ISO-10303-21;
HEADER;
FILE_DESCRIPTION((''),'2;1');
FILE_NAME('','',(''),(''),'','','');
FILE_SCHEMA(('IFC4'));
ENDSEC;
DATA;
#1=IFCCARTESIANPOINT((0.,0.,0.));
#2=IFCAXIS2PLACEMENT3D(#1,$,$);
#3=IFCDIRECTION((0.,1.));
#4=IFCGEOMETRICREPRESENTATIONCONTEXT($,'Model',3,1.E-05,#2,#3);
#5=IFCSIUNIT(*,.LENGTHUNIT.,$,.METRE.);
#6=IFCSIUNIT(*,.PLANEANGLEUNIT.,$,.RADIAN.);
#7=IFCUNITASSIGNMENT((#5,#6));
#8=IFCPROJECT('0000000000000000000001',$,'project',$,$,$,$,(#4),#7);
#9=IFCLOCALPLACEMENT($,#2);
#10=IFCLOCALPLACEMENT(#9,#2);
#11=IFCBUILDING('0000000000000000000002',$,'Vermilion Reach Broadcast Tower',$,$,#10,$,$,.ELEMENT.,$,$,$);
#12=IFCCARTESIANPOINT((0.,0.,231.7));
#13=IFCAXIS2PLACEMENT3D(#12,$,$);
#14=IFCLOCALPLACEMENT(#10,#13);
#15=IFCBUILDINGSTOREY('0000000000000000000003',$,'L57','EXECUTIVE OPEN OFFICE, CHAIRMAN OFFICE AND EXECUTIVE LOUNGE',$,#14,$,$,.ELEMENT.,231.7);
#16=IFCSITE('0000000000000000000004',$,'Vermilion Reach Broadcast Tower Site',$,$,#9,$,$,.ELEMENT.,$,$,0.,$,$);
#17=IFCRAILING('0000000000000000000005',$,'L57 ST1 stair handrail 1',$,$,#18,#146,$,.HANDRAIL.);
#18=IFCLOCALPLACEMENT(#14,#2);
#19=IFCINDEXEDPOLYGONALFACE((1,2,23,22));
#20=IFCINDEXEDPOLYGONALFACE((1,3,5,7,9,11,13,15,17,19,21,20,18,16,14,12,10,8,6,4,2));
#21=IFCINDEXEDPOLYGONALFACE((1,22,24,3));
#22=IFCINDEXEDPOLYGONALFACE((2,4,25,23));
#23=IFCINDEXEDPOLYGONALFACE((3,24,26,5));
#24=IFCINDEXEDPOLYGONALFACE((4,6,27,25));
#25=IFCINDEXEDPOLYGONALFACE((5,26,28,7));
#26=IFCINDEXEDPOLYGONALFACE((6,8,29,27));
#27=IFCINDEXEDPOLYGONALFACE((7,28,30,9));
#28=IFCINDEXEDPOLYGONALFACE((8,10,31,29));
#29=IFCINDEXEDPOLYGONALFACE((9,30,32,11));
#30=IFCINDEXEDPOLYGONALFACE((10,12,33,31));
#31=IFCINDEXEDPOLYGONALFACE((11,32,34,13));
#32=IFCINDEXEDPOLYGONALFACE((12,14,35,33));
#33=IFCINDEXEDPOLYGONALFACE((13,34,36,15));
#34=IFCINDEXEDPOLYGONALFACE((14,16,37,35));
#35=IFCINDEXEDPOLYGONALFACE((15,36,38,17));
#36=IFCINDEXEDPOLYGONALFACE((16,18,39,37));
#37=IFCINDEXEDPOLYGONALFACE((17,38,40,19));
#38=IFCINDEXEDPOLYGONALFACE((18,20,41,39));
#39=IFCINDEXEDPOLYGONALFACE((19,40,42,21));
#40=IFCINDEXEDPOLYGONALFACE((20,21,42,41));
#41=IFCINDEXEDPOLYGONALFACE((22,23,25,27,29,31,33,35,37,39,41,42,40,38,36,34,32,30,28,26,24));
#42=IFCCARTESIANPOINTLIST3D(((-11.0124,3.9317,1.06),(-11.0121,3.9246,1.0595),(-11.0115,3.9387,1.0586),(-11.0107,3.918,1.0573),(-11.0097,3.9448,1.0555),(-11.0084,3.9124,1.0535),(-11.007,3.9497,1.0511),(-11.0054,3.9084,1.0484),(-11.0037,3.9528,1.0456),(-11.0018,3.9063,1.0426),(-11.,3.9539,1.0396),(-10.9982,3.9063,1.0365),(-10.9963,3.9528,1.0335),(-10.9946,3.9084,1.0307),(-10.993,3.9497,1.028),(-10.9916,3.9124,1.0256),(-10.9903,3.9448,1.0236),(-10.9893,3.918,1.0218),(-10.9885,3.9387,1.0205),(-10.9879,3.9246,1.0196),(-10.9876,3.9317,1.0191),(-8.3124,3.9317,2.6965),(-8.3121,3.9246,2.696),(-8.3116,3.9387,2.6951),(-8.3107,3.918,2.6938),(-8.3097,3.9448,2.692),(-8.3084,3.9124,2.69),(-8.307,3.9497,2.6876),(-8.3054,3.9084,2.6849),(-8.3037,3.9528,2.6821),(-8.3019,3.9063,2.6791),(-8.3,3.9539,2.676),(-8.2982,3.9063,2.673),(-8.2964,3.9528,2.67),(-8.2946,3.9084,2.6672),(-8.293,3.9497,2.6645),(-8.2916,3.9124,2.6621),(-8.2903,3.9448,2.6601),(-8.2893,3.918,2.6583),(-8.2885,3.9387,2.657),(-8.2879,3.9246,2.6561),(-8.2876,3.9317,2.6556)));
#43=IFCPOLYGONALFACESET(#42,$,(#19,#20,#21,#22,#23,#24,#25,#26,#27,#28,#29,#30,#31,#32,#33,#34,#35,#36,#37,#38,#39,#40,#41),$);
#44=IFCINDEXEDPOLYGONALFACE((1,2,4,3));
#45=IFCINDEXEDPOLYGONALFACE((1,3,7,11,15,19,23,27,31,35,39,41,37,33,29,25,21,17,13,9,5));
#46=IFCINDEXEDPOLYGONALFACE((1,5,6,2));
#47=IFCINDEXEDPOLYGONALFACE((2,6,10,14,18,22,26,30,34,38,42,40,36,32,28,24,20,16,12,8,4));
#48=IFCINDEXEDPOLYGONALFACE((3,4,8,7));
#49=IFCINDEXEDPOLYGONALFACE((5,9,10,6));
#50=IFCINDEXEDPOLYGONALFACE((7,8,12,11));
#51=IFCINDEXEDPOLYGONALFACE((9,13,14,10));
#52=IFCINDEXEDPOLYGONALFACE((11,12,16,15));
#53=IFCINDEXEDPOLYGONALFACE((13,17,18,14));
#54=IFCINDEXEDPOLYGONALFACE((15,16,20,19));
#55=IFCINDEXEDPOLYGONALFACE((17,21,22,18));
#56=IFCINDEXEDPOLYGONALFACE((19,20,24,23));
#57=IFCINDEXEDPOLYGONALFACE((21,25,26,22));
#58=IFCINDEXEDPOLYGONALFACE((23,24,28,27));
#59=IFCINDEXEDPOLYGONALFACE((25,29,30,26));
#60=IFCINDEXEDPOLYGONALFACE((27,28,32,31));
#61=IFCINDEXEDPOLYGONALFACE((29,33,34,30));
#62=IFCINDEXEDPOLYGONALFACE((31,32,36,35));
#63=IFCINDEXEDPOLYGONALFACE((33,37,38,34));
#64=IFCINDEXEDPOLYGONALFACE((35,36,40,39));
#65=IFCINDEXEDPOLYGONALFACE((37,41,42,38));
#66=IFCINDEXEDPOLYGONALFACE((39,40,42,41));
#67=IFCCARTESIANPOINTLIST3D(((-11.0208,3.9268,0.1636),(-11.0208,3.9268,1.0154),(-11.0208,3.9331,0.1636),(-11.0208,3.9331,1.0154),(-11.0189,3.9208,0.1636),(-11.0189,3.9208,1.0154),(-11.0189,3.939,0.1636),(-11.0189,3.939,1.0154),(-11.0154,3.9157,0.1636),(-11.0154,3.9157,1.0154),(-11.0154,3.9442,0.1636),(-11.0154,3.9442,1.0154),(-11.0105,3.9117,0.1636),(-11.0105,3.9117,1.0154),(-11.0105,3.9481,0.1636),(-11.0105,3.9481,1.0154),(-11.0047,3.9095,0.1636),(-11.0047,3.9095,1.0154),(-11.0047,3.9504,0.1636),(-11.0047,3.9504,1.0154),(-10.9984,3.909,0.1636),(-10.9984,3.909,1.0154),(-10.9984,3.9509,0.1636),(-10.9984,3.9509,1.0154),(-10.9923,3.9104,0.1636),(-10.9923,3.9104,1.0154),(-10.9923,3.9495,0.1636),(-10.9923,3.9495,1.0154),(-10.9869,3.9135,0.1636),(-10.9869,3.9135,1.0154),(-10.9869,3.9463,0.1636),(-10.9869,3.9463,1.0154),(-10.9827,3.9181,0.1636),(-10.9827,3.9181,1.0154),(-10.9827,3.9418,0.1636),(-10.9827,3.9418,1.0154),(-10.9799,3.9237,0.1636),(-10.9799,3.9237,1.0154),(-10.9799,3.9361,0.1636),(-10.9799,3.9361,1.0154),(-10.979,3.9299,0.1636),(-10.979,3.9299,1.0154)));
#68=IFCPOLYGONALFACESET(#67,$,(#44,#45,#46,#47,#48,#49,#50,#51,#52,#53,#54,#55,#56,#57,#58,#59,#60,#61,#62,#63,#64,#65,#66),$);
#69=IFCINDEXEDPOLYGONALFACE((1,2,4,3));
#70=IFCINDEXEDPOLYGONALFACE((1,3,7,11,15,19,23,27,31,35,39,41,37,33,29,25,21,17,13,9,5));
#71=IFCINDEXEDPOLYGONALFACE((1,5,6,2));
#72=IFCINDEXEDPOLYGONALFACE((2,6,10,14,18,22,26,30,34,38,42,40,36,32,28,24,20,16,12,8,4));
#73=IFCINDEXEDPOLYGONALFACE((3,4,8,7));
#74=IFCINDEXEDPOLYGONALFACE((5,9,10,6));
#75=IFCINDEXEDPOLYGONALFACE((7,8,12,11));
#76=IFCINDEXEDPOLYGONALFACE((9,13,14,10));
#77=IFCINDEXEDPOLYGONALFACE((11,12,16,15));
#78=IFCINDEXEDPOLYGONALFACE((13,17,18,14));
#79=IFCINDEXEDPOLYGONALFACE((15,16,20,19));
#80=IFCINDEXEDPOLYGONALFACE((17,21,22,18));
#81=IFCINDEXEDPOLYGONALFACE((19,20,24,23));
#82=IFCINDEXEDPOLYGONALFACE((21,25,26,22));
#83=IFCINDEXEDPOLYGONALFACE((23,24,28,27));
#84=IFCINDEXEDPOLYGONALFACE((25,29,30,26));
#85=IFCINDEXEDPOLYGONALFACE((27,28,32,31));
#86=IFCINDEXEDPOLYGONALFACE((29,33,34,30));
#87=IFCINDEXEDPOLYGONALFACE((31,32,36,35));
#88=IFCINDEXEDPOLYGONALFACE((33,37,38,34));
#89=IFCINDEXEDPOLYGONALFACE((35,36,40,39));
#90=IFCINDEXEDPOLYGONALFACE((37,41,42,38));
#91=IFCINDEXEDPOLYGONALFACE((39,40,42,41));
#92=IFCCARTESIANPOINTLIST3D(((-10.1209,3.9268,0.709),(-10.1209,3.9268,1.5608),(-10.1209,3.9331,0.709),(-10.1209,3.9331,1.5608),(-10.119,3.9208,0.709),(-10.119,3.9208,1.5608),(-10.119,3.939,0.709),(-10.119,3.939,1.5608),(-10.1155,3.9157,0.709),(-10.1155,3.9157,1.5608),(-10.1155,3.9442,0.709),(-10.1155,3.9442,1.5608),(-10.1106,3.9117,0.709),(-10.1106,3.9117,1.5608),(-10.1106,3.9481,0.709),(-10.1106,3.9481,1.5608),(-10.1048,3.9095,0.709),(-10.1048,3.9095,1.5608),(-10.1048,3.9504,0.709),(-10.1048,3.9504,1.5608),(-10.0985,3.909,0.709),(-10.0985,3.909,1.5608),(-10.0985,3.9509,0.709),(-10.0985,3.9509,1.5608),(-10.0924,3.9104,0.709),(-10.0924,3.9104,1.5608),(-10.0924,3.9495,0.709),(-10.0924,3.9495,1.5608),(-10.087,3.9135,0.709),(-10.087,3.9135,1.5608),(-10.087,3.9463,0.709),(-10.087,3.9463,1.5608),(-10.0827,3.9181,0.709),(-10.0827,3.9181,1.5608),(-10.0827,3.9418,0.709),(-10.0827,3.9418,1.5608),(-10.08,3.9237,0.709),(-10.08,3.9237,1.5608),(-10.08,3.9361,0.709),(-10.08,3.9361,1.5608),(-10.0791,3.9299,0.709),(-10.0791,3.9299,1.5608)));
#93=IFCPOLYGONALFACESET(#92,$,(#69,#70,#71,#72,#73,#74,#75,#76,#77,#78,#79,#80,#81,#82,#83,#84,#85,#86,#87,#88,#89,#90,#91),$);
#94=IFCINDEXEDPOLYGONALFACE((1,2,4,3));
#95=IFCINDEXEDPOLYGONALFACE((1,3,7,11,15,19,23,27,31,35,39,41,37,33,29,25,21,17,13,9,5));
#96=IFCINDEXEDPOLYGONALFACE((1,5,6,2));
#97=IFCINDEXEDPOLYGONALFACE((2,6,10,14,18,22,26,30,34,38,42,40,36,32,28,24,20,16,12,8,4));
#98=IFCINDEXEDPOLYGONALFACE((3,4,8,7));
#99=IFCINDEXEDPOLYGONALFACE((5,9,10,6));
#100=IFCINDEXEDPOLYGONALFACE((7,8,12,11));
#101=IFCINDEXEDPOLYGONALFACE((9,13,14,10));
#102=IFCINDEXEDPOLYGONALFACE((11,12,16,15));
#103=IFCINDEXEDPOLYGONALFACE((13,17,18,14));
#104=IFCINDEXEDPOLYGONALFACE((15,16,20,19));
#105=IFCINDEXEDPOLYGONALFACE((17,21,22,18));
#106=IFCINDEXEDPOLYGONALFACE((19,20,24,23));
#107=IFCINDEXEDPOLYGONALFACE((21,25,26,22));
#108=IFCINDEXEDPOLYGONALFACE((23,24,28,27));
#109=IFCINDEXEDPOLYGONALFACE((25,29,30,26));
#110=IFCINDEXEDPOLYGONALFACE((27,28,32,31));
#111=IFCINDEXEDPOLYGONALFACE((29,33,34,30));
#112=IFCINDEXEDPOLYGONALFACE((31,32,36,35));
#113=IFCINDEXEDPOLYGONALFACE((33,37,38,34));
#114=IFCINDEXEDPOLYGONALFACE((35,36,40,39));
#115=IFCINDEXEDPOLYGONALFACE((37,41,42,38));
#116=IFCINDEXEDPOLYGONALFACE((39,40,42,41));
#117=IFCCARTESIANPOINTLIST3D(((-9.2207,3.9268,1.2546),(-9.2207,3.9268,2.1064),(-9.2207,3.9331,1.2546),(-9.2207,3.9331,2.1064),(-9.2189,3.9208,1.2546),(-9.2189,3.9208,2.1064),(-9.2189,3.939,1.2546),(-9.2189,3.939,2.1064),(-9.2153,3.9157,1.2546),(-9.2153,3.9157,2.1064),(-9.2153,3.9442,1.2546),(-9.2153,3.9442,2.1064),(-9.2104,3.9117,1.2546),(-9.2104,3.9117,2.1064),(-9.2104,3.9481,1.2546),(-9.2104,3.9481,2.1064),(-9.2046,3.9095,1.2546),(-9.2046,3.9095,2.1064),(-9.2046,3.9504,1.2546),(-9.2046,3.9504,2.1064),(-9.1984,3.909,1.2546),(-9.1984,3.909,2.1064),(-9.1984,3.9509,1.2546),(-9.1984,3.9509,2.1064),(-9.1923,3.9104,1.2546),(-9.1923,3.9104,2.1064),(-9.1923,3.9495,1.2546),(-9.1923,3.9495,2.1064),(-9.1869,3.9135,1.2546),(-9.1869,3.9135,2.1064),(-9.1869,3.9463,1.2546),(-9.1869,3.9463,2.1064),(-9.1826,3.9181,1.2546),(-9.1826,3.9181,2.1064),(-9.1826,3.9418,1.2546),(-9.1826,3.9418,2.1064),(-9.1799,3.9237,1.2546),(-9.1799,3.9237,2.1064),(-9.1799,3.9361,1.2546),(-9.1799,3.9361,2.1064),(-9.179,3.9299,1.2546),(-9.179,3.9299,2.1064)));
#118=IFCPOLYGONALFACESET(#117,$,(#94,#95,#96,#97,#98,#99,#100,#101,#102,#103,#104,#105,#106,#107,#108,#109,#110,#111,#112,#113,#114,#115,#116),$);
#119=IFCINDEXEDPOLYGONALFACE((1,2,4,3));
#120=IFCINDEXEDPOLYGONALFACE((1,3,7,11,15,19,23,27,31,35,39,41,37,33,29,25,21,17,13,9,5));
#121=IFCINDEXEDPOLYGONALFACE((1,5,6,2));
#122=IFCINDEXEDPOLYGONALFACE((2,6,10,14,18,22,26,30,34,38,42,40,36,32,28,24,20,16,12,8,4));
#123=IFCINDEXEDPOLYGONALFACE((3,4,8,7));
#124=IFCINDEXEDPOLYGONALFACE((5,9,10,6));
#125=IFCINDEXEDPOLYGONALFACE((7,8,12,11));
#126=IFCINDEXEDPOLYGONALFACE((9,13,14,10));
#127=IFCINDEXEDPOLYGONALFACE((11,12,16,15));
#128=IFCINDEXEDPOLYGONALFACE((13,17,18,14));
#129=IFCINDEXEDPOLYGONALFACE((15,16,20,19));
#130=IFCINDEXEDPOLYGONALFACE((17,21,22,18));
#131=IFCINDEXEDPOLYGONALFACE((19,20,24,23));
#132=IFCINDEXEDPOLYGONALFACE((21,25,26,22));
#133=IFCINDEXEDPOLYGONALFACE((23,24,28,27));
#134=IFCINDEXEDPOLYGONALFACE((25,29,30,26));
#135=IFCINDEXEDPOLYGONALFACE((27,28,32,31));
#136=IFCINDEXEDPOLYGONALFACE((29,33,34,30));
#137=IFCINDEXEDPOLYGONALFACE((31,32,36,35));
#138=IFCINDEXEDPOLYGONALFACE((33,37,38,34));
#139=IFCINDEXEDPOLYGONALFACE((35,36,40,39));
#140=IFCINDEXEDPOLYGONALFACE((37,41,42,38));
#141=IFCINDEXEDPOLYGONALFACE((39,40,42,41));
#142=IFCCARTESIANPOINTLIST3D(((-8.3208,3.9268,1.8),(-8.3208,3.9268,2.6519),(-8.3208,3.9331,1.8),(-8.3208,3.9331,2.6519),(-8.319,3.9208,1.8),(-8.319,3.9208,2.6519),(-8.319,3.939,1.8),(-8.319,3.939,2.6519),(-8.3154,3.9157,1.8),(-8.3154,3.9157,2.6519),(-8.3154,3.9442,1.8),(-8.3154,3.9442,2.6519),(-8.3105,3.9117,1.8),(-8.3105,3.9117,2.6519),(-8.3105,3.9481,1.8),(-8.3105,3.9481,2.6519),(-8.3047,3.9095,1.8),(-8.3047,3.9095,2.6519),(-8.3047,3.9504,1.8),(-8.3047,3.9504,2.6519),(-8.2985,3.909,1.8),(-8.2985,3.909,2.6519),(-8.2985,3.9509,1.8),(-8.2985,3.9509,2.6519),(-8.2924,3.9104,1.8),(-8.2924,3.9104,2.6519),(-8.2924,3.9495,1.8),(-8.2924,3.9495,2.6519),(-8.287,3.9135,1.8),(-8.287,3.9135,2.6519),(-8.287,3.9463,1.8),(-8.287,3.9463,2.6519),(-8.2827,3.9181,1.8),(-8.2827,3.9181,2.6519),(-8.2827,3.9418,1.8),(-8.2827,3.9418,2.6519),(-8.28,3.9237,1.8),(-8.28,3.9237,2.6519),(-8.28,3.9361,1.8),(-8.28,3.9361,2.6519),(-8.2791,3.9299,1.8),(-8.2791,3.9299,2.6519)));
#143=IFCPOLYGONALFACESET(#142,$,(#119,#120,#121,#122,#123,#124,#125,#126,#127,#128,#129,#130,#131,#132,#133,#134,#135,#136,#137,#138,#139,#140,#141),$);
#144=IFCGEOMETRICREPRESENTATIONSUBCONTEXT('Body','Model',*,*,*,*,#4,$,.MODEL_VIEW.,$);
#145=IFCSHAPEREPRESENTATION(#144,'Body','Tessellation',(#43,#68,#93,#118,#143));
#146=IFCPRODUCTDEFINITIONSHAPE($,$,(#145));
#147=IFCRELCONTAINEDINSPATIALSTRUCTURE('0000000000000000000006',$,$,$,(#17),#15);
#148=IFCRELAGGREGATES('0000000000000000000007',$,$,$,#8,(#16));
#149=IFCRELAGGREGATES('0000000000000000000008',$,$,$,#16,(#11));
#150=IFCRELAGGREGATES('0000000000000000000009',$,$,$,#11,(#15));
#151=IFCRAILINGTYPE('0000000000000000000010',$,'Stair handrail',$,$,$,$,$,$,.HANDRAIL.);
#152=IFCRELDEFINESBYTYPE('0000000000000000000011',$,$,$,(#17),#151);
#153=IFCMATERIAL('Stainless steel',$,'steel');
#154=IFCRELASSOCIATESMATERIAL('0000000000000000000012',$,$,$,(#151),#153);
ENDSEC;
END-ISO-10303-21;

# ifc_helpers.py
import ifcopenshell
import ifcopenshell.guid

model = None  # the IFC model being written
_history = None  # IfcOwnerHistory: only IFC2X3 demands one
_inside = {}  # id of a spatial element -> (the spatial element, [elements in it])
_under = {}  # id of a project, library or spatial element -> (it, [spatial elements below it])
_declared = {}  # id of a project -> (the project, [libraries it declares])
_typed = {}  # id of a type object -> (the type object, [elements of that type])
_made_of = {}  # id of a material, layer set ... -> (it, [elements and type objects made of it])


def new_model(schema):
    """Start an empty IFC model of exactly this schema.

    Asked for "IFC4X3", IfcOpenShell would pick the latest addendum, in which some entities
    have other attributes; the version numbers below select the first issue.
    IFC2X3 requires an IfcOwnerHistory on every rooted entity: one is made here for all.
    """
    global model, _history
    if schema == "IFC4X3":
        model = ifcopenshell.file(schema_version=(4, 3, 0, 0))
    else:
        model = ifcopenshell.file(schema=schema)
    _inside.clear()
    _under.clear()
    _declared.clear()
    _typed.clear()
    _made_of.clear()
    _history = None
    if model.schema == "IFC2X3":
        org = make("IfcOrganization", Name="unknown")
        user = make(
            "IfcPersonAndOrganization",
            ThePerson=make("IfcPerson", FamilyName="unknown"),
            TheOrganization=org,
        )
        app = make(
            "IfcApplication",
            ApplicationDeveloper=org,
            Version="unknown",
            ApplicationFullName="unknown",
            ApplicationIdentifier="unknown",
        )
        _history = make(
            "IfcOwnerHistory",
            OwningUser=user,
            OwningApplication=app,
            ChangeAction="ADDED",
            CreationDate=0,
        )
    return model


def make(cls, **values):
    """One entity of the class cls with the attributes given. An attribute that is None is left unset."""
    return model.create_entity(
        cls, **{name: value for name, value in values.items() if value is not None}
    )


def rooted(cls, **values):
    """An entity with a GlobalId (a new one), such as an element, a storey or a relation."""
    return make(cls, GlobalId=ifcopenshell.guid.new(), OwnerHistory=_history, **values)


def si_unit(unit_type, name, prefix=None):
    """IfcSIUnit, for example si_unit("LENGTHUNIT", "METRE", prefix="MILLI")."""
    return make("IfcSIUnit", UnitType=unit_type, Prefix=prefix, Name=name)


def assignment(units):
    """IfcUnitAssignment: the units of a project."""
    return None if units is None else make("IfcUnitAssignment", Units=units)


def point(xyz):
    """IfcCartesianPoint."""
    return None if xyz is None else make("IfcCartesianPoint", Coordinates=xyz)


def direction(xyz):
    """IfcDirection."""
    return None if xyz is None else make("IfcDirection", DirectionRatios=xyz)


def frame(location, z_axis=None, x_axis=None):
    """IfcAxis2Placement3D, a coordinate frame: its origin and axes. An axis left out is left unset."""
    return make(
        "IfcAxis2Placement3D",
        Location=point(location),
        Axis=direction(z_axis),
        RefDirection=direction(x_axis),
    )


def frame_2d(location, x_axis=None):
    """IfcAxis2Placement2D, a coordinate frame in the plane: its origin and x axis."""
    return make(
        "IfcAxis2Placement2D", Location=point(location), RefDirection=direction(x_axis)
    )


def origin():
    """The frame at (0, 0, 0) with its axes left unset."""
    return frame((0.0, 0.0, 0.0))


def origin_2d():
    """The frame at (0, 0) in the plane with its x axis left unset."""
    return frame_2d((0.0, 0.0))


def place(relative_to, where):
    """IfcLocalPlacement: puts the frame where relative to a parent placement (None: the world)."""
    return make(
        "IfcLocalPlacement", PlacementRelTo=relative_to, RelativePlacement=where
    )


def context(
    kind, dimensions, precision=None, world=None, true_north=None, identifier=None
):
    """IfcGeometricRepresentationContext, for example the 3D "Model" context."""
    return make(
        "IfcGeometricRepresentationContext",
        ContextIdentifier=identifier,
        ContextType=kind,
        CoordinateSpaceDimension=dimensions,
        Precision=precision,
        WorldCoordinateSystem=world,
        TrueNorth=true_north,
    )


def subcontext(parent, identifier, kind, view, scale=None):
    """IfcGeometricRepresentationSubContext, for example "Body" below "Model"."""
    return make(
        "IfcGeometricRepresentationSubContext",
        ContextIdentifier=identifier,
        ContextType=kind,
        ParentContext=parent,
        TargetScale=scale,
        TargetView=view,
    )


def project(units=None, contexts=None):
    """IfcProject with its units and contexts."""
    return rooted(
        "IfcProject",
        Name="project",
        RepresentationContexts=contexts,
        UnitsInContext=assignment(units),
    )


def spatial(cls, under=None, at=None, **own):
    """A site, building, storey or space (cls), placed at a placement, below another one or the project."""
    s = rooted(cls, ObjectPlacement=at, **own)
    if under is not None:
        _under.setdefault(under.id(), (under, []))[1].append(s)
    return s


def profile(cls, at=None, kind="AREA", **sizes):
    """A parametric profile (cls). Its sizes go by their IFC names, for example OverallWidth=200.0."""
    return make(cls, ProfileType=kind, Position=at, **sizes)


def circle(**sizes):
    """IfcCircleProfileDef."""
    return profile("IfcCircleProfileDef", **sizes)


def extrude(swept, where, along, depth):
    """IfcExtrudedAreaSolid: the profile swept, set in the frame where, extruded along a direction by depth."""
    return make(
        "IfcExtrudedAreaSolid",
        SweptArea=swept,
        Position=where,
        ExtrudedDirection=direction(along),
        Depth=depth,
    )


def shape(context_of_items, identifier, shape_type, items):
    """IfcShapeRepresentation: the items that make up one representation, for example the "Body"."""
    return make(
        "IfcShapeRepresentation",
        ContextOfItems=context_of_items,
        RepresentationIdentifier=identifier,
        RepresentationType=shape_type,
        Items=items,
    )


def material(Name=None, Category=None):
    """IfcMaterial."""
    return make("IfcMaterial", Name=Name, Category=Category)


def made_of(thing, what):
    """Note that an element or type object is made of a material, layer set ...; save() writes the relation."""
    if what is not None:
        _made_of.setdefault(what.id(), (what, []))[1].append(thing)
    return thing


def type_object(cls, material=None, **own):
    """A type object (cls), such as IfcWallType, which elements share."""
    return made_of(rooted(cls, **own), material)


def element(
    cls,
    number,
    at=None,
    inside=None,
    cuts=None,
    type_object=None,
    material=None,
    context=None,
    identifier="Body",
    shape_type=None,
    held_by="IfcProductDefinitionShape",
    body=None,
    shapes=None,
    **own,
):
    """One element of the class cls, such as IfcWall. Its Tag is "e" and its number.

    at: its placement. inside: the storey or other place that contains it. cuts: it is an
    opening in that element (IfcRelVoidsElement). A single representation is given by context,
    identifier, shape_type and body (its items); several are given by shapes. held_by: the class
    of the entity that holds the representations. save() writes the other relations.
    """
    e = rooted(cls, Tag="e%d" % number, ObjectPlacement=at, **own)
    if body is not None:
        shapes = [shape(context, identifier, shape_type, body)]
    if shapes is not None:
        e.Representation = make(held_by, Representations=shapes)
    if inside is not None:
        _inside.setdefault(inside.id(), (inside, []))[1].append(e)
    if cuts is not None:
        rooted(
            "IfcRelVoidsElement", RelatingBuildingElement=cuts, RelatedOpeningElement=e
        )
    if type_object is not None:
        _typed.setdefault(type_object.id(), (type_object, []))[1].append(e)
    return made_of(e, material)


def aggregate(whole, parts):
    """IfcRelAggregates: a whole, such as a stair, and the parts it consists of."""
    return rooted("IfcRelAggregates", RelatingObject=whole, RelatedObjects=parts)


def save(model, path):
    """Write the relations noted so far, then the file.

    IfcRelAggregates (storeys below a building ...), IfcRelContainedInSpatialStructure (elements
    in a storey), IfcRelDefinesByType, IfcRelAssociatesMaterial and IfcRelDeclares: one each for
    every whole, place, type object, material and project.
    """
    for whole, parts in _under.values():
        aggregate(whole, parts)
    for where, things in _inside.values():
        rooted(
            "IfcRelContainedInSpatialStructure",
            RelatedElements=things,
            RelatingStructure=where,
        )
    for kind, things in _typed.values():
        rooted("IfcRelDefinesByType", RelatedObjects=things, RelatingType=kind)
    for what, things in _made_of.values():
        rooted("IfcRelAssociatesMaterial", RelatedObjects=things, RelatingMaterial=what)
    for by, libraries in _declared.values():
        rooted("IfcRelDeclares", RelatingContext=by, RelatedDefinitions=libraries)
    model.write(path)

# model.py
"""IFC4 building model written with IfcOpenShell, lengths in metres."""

from ifc_helpers import new_model, si_unit, direction, frame, origin, origin_2d, place, context, subcontext, project, spatial, circle, extrude, material, type_object, element, save


model = new_model("IFC4")

# Units and contexts
model_context = context("Model", 3, precision=1e-05, world=origin(), true_north=direction((0.0, 1.0)))
body_context = subcontext(model_context, "Body", "Model", "MODEL_VIEW")
ifc_project = project(units=[si_unit("LENGTHUNIT", "METRE"), si_unit("PLANEANGLEUNIT", "RADIAN")], contexts=[model_context])

# Site, building, storey
site_placement = place(None, origin())
site = spatial("IfcSite", under=ifc_project, at=site_placement, Name="Vermilion Reach Broadcast Tower Site", CompositionType="ELEMENT", RefElevation=0.0)
building_placement = place(site_placement, origin())
building = spatial("IfcBuilding", under=site, at=building_placement, Name="Vermilion Reach Broadcast Tower", CompositionType="ELEMENT")
storey_placement = place(building_placement, frame((0.0, 0.0, 231.7)))
storey = spatial("IfcBuildingStorey", under=building, at=storey_placement, Name="L57", Description="EXECUTIVE OPEN OFFICE, CHAIRMAN OFFICE AND EXECUTIVE LOUNGE", CompositionType="ELEMENT", Elevation=231.7)

# Railing
ifc_material_1 = material(Name="Stainless steel", Category="steel")
railing_type_1 = type_object("IfcRailingType", Name="Stair handrail", PredefinedType="HANDRAIL", material=ifc_material_1)
railing_1_placement = place(storey_placement, frame((-11.0, 3.9299, 0.1636)))
element("IfcRailing", 1, at=railing_1_placement, inside=storey, type_object=railing_type_1, Name="L57 ST1 stair handrail 1", PredefinedType="HANDRAIL", context=body_context, shape_type="SweptSolid", body=[
    extrude(circle(Radius=0.0239, at=origin_2d()), frame((0.0, 0.0, 0.876), z_axis=(0.855178, 0.0, 0.518334), x_axis=(0.0, 1.0, 0.0)), (0.0, 0.0, 1.0), 3.1572),
    extrude(circle(Radius=0.021, at=origin_2d()), origin(), (0.0, 0.0, 1.0), 0.8518),
    extrude(circle(Radius=0.021, at=origin_2d()), frame((0.8999, 0.0, 0.5454)), (0.0, 0.0, 1.0), 0.8518),
    extrude(circle(Radius=0.021, at=origin_2d()), frame((1.8, 0.0, 1.0911)), (0.0, 0.0, 1.0), 0.8518),
    extrude(circle(Radius=0.021, at=origin_2d()), frame((2.7, 0.0, 1.6365)), (0.0, 0.0, 1.0), 0.8518),
])

save(model, "model.ifc")
